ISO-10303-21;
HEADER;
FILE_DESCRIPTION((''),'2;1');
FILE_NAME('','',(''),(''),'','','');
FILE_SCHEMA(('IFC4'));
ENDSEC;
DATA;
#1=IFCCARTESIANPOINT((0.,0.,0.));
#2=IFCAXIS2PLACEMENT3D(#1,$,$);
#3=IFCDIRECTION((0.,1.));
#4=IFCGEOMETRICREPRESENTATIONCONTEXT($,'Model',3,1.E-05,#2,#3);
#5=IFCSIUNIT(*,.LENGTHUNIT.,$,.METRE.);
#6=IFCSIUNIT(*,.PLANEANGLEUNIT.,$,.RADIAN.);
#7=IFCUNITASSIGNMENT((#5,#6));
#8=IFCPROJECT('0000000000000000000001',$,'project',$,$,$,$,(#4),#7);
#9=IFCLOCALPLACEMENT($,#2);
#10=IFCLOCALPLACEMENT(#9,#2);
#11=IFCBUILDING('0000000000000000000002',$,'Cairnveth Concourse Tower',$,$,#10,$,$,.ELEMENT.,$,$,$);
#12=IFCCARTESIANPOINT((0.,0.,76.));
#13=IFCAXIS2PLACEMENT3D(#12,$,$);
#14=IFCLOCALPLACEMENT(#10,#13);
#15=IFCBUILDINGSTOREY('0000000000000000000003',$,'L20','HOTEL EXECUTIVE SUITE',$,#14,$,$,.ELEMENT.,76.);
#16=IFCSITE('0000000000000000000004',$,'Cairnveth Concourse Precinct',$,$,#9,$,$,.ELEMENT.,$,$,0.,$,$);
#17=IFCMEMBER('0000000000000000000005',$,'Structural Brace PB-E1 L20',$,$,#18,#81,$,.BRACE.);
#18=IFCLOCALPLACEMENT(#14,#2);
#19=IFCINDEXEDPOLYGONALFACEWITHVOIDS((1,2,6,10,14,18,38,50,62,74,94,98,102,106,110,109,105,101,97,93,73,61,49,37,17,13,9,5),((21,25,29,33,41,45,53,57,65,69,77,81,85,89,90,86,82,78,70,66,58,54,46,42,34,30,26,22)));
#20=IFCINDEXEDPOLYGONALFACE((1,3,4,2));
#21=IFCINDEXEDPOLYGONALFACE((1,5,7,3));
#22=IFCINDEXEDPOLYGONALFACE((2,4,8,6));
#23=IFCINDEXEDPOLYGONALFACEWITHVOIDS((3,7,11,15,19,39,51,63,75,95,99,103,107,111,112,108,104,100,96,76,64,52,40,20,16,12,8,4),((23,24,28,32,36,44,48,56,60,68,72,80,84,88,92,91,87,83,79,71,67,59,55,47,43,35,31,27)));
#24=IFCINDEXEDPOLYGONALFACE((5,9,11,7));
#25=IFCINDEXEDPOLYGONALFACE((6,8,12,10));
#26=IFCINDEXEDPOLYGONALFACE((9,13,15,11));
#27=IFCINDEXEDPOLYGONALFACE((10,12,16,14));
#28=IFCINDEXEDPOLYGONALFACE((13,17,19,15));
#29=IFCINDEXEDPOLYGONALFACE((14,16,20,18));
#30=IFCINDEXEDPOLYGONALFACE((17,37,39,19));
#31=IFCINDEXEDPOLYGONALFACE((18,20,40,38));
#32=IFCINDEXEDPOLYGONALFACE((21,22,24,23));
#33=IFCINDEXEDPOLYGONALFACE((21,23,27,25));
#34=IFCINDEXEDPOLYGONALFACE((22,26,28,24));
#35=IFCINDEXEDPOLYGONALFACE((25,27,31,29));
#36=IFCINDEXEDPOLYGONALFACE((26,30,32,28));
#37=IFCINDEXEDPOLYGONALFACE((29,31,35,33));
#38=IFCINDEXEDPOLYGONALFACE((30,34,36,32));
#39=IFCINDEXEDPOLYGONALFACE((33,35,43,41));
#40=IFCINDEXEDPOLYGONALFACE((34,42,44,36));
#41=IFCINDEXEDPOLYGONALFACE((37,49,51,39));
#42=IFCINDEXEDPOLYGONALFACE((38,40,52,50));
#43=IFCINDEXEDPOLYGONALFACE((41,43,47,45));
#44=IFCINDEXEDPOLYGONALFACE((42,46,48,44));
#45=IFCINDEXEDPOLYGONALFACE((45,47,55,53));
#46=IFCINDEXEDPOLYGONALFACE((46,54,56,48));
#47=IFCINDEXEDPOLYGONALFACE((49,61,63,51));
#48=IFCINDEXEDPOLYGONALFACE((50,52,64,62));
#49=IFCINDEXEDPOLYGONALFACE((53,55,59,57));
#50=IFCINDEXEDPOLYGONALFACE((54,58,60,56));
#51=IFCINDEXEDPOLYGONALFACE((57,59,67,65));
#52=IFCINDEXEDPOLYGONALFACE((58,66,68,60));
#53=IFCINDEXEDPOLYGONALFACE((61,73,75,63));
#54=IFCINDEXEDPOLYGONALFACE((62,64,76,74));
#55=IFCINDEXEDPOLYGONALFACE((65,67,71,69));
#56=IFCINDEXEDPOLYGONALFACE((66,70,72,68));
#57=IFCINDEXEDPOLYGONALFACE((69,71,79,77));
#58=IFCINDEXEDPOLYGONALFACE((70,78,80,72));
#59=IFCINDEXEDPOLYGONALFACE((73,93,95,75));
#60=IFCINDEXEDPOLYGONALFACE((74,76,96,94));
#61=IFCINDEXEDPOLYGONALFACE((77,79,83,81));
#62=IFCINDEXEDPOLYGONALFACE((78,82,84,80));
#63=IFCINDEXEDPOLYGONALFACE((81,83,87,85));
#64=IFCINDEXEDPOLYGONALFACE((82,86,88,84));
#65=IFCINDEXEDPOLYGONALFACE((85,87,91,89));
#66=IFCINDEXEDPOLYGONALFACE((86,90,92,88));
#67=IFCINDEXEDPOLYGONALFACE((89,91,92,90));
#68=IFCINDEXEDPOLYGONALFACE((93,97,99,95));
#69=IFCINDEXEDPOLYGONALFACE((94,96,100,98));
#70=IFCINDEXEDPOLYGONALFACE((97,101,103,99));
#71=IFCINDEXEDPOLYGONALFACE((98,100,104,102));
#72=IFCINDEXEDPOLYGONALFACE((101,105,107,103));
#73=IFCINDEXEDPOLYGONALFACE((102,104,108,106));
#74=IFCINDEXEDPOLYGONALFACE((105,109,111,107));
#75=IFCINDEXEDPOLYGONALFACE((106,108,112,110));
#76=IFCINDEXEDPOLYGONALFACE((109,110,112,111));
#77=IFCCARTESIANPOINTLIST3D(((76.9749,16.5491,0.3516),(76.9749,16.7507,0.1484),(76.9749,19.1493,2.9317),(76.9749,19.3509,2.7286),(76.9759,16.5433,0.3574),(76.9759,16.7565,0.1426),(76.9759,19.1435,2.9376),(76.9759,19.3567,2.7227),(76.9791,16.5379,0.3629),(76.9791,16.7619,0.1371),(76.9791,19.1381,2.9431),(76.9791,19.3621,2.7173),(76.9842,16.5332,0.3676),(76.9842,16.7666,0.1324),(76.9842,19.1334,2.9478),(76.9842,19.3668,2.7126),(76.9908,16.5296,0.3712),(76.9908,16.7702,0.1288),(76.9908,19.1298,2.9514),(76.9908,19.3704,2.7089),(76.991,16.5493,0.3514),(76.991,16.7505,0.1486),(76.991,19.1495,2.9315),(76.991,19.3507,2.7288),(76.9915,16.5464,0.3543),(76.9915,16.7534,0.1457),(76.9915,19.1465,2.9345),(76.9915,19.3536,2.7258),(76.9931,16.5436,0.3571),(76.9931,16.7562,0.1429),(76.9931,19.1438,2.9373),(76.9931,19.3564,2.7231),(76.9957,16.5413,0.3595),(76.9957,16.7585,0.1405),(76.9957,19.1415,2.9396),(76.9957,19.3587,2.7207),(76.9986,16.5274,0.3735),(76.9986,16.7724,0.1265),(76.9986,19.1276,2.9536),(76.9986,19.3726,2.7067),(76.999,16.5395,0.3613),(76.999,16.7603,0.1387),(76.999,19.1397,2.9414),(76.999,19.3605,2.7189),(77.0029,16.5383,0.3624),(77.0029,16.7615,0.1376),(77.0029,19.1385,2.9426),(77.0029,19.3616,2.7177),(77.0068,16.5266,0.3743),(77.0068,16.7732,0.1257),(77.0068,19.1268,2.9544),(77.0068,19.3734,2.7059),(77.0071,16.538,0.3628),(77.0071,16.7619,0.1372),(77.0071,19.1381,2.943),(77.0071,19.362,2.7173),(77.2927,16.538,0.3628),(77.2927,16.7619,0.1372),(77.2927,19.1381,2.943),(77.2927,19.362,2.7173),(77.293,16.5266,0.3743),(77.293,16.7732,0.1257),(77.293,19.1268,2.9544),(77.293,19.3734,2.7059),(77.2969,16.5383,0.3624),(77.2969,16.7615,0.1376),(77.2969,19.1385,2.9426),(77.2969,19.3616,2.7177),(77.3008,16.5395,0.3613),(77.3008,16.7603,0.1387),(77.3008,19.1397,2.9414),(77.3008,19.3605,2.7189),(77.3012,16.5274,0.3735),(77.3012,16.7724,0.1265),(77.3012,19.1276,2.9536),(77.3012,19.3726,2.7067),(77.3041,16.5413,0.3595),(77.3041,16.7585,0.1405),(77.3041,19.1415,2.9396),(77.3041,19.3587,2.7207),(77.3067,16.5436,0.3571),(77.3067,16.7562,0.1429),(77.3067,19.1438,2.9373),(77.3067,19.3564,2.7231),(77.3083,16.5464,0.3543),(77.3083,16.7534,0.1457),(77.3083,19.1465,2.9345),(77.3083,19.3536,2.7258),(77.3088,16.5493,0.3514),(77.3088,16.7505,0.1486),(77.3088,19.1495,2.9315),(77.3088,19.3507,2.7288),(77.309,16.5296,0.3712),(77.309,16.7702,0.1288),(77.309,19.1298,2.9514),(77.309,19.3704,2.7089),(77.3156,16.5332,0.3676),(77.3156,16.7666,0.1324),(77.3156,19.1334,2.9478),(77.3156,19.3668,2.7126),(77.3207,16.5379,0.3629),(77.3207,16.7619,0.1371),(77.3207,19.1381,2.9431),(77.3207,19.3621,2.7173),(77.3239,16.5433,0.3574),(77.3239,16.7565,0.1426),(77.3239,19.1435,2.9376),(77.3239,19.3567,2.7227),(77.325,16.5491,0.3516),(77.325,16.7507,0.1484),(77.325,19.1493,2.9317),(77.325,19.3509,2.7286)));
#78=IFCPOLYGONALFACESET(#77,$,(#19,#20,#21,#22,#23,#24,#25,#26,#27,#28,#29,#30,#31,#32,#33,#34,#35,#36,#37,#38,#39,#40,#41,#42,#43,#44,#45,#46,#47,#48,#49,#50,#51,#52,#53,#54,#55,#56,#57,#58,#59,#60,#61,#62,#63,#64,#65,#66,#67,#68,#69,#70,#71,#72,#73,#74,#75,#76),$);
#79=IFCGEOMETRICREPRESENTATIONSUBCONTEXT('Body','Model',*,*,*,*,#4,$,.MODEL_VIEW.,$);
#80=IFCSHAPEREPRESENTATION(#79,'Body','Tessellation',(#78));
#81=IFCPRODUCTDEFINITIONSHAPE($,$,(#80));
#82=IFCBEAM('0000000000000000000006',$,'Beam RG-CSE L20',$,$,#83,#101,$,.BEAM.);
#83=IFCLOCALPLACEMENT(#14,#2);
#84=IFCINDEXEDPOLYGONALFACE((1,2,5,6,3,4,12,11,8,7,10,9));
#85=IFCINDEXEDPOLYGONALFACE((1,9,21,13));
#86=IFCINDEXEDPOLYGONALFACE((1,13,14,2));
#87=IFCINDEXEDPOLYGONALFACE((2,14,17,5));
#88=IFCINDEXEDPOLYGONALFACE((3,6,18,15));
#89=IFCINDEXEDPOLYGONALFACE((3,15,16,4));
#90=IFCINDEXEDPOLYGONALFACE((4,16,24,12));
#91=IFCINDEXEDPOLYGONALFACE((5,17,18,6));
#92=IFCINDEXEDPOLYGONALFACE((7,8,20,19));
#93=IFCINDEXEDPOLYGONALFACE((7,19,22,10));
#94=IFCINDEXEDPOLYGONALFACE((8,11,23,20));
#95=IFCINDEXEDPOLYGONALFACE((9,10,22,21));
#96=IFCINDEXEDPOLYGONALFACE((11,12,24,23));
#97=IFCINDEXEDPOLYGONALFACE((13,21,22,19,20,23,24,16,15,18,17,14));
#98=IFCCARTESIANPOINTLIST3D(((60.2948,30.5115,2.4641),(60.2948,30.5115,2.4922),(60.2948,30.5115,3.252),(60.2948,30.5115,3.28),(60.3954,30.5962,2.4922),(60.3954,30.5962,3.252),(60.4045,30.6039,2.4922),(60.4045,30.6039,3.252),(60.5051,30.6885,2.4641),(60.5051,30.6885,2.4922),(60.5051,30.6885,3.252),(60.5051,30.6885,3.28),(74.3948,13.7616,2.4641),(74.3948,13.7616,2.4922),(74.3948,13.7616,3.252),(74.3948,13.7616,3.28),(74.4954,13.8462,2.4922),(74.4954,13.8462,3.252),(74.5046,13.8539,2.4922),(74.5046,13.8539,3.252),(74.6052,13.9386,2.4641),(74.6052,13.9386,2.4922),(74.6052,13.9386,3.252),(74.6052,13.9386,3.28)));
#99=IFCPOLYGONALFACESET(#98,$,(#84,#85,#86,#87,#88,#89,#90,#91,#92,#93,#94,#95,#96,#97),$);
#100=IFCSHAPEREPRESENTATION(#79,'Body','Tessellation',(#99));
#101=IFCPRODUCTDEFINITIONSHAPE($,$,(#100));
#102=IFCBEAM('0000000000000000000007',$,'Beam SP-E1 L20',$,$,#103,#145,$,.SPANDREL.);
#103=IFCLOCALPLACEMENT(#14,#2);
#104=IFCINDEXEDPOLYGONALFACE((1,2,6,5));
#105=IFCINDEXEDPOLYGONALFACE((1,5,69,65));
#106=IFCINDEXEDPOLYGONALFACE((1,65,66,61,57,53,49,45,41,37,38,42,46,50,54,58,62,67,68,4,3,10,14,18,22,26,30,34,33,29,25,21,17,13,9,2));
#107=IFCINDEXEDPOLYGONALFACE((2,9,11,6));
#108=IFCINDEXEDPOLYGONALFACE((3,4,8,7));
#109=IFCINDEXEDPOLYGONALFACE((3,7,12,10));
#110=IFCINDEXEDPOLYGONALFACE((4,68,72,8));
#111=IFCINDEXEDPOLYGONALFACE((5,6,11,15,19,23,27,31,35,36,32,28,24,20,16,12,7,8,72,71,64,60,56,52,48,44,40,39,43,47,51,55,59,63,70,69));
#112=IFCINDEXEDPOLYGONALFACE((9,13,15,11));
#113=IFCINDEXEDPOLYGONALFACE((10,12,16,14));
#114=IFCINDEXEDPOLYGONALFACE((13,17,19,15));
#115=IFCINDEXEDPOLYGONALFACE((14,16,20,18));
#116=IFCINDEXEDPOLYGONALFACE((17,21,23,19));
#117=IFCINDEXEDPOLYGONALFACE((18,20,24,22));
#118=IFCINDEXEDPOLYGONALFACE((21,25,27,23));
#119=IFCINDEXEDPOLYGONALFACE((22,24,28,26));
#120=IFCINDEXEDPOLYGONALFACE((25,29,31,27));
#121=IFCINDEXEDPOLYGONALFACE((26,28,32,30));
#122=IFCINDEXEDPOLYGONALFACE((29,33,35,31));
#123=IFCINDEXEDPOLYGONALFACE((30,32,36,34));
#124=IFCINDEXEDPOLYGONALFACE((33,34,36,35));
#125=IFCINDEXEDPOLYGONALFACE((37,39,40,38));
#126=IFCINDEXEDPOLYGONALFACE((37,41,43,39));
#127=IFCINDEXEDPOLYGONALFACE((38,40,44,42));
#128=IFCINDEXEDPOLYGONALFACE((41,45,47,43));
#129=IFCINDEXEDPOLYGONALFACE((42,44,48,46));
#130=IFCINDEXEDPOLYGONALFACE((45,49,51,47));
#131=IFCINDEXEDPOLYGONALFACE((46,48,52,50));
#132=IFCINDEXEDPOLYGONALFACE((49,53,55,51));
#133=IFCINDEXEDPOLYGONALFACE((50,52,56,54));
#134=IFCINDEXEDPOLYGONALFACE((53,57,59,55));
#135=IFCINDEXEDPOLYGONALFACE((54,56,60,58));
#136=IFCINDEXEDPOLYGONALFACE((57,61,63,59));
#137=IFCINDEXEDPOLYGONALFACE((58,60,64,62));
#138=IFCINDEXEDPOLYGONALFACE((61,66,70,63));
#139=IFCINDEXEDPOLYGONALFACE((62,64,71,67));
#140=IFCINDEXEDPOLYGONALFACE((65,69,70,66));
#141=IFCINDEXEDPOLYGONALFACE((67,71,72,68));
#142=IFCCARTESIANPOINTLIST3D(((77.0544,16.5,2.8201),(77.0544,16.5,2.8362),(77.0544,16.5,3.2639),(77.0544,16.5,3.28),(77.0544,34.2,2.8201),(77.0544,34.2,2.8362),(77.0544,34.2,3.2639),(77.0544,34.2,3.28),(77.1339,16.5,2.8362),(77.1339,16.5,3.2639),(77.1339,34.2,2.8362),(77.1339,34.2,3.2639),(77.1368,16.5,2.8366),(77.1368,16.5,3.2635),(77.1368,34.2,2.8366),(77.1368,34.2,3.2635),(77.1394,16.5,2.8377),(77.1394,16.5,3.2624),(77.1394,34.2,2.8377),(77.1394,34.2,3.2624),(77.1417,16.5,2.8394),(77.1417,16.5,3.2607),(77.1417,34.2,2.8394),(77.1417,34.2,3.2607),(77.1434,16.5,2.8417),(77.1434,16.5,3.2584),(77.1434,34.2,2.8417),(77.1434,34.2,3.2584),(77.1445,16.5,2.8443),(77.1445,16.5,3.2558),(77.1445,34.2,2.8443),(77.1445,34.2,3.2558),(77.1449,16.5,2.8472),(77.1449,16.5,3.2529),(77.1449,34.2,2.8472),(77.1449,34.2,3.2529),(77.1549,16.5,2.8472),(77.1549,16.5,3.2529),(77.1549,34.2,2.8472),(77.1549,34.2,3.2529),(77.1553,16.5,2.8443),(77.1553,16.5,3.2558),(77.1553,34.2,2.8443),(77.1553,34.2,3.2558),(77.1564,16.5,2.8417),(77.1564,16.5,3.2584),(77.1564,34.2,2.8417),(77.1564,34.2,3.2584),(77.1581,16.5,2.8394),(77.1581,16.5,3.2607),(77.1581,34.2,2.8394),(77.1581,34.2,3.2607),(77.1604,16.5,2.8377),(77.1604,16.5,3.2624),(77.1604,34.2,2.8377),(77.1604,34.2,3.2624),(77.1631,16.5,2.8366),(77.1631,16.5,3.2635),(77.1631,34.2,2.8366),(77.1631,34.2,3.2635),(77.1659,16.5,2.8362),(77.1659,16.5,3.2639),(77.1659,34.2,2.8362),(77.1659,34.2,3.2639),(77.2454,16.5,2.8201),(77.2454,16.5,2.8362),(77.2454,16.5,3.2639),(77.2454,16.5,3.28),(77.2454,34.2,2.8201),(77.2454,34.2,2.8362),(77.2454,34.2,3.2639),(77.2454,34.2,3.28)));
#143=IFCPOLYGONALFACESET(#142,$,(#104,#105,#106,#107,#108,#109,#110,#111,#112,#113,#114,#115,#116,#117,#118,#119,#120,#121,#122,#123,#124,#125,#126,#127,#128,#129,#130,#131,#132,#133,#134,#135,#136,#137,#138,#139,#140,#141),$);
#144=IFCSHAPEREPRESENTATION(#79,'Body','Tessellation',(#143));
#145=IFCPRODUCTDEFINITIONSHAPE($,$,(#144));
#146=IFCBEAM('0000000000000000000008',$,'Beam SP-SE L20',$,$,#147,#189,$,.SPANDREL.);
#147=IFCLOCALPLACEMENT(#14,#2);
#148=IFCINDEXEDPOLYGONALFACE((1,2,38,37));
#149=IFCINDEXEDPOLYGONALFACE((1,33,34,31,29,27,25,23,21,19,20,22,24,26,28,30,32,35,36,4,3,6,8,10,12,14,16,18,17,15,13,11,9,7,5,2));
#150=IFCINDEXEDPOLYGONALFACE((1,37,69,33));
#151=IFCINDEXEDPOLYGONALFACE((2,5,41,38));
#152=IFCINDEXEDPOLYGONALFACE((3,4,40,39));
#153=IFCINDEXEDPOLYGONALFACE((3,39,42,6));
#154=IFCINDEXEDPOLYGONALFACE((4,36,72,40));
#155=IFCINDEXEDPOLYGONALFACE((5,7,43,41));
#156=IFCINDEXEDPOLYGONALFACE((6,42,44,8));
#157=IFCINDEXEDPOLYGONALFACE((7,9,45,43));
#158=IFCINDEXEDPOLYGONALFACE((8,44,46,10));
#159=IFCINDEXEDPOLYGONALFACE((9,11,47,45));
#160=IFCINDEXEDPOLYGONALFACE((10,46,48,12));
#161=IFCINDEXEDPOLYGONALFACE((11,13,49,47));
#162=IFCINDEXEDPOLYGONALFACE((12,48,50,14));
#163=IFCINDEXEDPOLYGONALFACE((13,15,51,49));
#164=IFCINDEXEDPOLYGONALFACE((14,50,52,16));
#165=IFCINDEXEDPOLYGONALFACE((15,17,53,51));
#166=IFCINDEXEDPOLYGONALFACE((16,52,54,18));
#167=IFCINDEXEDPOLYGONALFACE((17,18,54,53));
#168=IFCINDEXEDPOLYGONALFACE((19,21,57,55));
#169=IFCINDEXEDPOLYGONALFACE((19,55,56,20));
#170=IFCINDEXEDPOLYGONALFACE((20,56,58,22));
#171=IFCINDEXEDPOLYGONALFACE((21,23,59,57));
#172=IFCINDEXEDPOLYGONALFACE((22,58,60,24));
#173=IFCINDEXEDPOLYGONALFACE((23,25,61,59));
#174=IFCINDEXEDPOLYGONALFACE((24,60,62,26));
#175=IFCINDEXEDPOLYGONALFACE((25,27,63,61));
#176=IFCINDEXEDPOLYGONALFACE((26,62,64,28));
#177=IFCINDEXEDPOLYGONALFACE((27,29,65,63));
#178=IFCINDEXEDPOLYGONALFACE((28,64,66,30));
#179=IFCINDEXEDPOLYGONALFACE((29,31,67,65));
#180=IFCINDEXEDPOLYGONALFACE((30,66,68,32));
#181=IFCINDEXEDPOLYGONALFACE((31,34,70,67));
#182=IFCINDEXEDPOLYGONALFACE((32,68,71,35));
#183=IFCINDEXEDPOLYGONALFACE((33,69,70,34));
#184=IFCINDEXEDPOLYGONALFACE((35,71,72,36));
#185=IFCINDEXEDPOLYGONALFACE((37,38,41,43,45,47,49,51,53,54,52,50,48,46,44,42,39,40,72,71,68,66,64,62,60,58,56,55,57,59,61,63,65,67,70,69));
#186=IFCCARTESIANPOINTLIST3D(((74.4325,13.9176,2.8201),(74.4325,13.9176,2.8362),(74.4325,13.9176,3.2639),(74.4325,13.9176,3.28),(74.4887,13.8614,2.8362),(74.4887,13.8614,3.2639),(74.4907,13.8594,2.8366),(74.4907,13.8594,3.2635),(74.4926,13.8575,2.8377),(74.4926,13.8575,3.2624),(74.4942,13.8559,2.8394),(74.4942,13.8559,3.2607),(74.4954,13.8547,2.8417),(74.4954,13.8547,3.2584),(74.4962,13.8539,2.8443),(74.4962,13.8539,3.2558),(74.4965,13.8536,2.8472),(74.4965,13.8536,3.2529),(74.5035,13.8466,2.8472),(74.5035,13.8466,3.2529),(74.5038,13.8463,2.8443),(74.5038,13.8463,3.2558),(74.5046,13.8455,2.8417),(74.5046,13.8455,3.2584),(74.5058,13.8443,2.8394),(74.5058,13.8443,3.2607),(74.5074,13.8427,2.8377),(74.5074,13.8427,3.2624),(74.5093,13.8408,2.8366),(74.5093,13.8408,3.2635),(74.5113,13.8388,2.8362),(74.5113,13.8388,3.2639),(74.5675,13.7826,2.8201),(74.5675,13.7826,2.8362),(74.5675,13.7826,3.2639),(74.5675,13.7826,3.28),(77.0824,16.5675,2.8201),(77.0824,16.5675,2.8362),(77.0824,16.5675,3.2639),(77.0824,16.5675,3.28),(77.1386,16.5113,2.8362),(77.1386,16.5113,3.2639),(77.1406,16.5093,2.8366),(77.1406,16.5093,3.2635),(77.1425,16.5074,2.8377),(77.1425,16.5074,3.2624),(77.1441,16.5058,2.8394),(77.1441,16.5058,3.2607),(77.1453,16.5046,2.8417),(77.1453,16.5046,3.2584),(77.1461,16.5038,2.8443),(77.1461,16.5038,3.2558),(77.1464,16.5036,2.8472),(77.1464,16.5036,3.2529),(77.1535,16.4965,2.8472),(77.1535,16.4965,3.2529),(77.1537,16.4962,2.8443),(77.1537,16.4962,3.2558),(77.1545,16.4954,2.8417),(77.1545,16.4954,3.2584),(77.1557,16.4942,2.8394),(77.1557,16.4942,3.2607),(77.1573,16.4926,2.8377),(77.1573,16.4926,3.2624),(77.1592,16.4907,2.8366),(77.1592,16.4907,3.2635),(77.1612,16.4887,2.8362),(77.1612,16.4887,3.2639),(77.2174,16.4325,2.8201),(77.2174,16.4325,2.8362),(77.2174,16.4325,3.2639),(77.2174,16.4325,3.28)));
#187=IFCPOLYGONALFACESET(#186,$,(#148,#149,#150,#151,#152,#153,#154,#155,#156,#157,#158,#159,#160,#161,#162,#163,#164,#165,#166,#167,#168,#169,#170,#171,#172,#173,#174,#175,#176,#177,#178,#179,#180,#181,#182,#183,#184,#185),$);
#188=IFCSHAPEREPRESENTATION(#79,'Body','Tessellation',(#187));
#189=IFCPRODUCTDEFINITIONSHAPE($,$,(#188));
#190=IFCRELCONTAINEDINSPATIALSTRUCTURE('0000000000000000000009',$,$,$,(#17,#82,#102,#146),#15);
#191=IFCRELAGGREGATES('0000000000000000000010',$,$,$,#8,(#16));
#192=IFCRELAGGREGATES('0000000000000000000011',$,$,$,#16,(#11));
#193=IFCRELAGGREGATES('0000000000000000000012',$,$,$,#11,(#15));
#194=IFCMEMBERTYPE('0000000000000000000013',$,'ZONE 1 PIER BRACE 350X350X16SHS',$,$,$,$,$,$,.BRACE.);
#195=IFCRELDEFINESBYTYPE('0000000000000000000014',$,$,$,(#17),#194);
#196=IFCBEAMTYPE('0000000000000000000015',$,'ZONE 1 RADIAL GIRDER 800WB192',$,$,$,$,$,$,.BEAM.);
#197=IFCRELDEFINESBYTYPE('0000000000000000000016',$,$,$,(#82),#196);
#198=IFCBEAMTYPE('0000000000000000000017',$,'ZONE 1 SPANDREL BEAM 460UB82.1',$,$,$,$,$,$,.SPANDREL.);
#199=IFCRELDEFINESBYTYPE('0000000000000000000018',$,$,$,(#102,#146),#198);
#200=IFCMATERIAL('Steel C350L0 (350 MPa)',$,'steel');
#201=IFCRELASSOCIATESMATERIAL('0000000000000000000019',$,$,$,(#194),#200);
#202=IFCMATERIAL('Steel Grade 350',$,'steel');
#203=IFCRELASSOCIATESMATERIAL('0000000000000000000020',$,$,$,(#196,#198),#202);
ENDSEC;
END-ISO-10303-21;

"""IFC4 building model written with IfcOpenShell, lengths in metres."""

from ifc_helpers import new_model, si_unit, direction, frame, origin, origin_2d, place, context, subcontext, project, spatial, hollow_rectangle, i_section, extrude, material, material_profile, profile_set, type_object, element, save


model = new_model("IFC4")

# Units and contexts
model_context = context("Model", 3, precision=1e-05, world=origin(), true_north=direction((0.0, 1.0)))
body_context = subcontext(model_context, "Body", "Model", "MODEL_VIEW")
ifc_project = project(units=[si_unit("LENGTHUNIT", "METRE"), si_unit("PLANEANGLEUNIT", "RADIAN")], contexts=[model_context])

# Site, building, storey
site_placement = place(None, origin())
site = spatial("IfcSite", under=ifc_project, at=site_placement, Name="Cairnveth Concourse Precinct", CompositionType="ELEMENT", RefElevation=0.0)
building_placement = place(site_placement, origin())
building = spatial("IfcBuilding", under=site, at=building_placement, Name="Cairnveth Concourse Tower", CompositionType="ELEMENT")
storey_placement = place(building_placement, frame((0.0, 0.0, 76.0)))
storey = spatial("IfcBuildingStorey", under=building, at=storey_placement, Name="L20", Description="HOTEL EXECUTIVE SUITE", CompositionType="ELEMENT", Elevation=76.0)

# Shared definitions
ifc_material_1 = material(Name="Steel Grade 350", Category="steel")

# Member
ifc_material_2 = material(Name="Steel C350L0 (350 MPa)", Category="steel")
ifc_material_profile_1 = material_profile(ifc_material_2, hollow_rectangle(XDim=0.3501, YDim=0.3501, WallThickness=0.0161, InnerFilletRadius=0.0161, OuterFilletRadius=0.032, at=origin_2d()), Name="350x350x16.0SHS")
ifc_profile_set_1 = profile_set([ifc_material_profile_1], Name="Steel C350L0 (350 MPa)")
member_type = type_object("IfcMemberType", Name="ZONE 1 PIER BRACE 350X350X16SHS", PredefinedType="BRACE", material=ifc_profile_set_1)
for number, where, z_axis, x_axis, name in (
    (1, (77.1499, 16.6499, 0.25), (0.0, 0.709834, 0.704369), (-1.0, 0.0, 0.0), "Structural Brace PB-E1 L20"),
):
    element("IfcMember", number, at=place(storey_placement, frame(where, z_axis=z_axis, x_axis=x_axis)), inside=storey, type_object=member_type, Name=name, PredefinedType="BRACE", context=body_context, shape_type="SweptSolid", body=[
        extrude(hollow_rectangle(XDim=0.3501, YDim=0.3501, WallThickness=0.0161, InnerFilletRadius=0.0161, OuterFilletRadius=0.032, at=origin_2d()), origin(), (0.0, 0.0, 1.0), 3.6631),
    ])

# Beams
ifc_material_profile_2 = material_profile(ifc_material_1, i_section(OverallWidth=0.2749, OverallDepth=0.8159, WebThickness=0.012, FlangeThickness=0.0281, at=origin_2d()), Name="800WB192")
ifc_profile_set_2 = profile_set([ifc_material_profile_2], Name="Steel Grade 350")
beam_type_1 = type_object("IfcBeamType", Name="ZONE 1 RADIAL GIRDER 800WB192", PredefinedType="BEAM", material=ifc_profile_set_2)
beam_1_placement = place(storey_placement, frame((74.5, 13.8501, 2.8721), z_axis=(-0.643998, 0.765027, 0.0), x_axis=(-0.765027, -0.643998, 0.0)))
element("IfcBeam", 2, at=beam_1_placement, inside=storey, type_object=beam_type_1, Name="Beam RG-CSE L20", PredefinedType="BEAM", context=body_context, shape_type="SweptSolid", body=[
    extrude(i_section(OverallWidth=0.2749, OverallDepth=0.8159, WebThickness=0.012, FlangeThickness=0.0281, at=origin_2d()), origin(), (0.0, 0.0, 1.0), 21.8945),
])
ifc_material_profile_3 = material_profile(ifc_material_1, i_section(OverallWidth=0.1909, OverallDepth=0.46, WebThickness=0.01, FlangeThickness=0.0161, FilletRadius=0.011, at=origin_2d()), Name="460UB82.1")
ifc_profile_set_3 = profile_set([ifc_material_profile_3], Name="Steel Grade 350")
beam_type_2 = type_object("IfcBeamType", Name="ZONE 1 SPANDREL BEAM 460UB82.1", PredefinedType="SPANDREL", material=ifc_profile_set_3)
beam_2_placement = place(storey_placement, frame((77.1499, 16.5, 3.05), z_axis=(0.0, 1.0, 0.0), x_axis=(-1.0, 0.0, 0.0)))
element("IfcBeam", 3, at=beam_2_placement, inside=storey, type_object=beam_type_2, Name="Beam SP-E1 L20", PredefinedType="SPANDREL", context=body_context, shape_type="SweptSolid", body=[
    extrude(i_section(OverallWidth=0.1909, OverallDepth=0.46, WebThickness=0.01, FlangeThickness=0.0161, FilletRadius=0.011, at=origin_2d()), origin(), (0.0, 0.0, 1.0), 17.7),
])
beam_3_placement = place(storey_placement, frame((74.5, 13.8501, 3.05), z_axis=(0.707107, 0.707107, 0.0), x_axis=(-0.707107, 0.707107, 0.0)))
element("IfcBeam", 4, at=beam_3_placement, inside=storey, type_object=beam_type_2, Name="Beam SP-SE L20", PredefinedType="SPANDREL", context=body_context, shape_type="SweptSolid", body=[
    extrude(i_section(OverallWidth=0.1909, OverallDepth=0.46, WebThickness=0.01, FlangeThickness=0.0161, FilletRadius=0.011, at=origin_2d()), origin(), (0.0, 0.0, 1.0), 3.7476),
])

save(model, "model.ifc")
